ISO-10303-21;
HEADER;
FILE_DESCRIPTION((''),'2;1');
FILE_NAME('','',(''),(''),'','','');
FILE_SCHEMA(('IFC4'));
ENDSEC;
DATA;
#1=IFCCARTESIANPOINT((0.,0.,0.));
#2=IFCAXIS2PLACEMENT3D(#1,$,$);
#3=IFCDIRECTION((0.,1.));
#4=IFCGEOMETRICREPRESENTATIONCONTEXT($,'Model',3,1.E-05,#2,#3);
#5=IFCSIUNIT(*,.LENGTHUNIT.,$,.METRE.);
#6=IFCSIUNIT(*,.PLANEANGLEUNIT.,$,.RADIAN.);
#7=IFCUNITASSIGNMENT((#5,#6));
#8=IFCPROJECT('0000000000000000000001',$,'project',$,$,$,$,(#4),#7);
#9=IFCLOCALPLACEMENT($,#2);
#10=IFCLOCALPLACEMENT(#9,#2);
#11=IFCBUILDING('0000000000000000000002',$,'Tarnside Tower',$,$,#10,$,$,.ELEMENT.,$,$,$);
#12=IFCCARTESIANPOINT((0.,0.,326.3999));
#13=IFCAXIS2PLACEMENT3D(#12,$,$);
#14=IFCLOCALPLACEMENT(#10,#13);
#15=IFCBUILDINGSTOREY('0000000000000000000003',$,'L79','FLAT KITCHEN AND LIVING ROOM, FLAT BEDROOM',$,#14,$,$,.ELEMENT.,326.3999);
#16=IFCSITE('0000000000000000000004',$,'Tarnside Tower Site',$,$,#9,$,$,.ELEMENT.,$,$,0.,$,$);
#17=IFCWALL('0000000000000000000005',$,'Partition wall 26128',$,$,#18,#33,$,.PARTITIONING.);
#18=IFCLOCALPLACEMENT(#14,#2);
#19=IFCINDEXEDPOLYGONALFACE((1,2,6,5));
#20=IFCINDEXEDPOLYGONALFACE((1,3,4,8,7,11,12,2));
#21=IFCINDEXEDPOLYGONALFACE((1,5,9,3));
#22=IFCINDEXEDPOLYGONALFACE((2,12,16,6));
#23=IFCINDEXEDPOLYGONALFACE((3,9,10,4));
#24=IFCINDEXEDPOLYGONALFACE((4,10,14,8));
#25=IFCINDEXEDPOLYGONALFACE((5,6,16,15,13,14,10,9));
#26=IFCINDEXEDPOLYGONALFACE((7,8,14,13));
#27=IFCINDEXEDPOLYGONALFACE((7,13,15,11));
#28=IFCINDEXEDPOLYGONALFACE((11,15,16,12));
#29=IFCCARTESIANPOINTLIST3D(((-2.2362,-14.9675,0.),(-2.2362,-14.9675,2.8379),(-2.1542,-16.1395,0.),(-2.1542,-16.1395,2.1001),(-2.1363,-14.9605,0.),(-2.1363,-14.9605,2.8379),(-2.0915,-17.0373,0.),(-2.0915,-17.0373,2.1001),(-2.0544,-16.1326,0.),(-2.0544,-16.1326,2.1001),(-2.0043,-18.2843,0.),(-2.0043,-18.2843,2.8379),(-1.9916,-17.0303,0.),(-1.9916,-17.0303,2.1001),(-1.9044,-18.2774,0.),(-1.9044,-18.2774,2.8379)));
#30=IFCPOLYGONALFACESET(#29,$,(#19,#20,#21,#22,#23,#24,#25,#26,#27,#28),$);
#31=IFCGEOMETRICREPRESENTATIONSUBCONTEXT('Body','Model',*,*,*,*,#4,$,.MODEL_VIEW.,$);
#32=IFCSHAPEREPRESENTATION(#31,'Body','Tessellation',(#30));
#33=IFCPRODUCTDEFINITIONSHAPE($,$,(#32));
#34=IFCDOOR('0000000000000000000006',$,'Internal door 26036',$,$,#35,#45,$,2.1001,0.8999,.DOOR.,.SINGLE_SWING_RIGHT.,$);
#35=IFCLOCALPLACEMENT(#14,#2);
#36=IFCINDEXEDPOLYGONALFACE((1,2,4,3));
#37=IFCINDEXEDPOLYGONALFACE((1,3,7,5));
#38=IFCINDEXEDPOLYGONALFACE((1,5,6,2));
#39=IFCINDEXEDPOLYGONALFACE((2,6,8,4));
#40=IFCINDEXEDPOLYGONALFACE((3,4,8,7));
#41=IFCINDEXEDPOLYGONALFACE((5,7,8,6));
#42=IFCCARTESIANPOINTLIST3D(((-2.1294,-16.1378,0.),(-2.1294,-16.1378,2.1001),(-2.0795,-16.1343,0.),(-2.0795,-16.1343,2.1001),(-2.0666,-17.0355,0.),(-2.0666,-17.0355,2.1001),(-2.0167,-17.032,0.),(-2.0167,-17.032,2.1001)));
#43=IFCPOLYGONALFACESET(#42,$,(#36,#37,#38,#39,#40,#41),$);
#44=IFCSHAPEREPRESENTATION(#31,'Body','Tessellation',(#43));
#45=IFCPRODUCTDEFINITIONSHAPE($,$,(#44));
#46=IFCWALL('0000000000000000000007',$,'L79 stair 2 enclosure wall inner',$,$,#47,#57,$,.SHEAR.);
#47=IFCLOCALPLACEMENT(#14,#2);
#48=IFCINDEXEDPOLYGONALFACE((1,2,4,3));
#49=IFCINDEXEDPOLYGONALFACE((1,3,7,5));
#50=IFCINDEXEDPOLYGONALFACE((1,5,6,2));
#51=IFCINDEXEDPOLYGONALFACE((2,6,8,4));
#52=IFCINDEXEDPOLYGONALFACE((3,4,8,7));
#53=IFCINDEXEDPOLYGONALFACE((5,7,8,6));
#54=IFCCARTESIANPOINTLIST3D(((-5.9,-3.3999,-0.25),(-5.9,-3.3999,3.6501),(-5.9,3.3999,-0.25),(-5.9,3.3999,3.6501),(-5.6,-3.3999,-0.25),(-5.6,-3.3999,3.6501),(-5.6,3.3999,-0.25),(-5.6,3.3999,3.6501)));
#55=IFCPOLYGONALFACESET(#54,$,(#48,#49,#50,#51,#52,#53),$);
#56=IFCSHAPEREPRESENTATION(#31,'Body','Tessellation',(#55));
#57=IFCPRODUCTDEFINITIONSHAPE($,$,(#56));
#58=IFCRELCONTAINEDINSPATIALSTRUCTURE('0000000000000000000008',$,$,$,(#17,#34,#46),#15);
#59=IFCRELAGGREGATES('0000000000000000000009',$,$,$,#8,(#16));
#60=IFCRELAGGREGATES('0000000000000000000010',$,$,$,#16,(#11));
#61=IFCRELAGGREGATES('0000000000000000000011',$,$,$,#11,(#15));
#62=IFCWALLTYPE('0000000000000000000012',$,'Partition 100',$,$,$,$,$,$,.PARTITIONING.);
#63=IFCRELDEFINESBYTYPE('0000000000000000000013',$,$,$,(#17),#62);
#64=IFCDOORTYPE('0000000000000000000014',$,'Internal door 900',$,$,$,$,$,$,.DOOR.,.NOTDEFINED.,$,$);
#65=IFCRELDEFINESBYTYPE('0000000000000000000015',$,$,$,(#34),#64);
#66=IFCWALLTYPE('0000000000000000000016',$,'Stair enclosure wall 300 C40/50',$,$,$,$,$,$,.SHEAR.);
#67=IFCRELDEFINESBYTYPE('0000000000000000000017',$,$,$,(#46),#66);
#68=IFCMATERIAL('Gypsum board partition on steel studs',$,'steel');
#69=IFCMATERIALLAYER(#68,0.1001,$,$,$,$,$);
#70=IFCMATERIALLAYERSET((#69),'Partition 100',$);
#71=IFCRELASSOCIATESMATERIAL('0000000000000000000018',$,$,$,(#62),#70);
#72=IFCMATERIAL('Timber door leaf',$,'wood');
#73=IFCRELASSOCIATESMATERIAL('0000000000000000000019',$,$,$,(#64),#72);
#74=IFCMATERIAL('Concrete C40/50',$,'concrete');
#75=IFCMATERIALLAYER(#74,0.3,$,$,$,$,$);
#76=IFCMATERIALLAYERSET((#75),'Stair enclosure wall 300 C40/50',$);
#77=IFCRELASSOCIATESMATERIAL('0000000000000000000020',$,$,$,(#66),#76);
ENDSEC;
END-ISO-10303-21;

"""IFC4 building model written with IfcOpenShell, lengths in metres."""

from ifc_helpers import new_model, si_unit, direction, frame, frame_2d, origin, place, context, subcontext, project, spatial, rectangle, extrude, material, layer, layer_set, type_object, element, fill, save


model = new_model("IFC4")

# Units and contexts
model_context = context("Model", 3, precision=1e-05, world=origin(), true_north=direction((0.0, 1.0)))
body_context = subcontext(model_context, "Body", "Model", "MODEL_VIEW")
ifc_project = project(units=[si_unit("LENGTHUNIT", "METRE"), si_unit("PLANEANGLEUNIT", "RADIAN")], contexts=[model_context])

# Site, building, storey
site_placement = place(None, origin())
site = spatial("IfcSite", under=ifc_project, at=site_placement, Name="Tarnside Tower Site", CompositionType="ELEMENT", RefElevation=0.0)
building_placement = place(site_placement, origin())
building = spatial("IfcBuilding", under=site, at=building_placement, Name="Tarnside Tower", CompositionType="ELEMENT")
storey_placement = place(building_placement, frame((0.0, 0.0, 326.3999)))
storey = spatial("IfcBuildingStorey", under=building, at=storey_placement, Name="L79", Description="FLAT KITCHEN AND LIVING ROOM, FLAT BEDROOM", CompositionType="ELEMENT", Elevation=326.3999)

# Shared definitions
ifc_material_1 = material(Name="Gypsum board partition on steel studs", Category="steel")
ifc_material_2 = material(Name="Timber door leaf", Category="wood")
ifc_material_3 = material(Name="Concrete C40/50", Category="concrete")

# Wall, opening, door
ifc_layer_1 = layer(ifc_material_1, 0.1001)
ifc_layer_set_1 = layer_set([ifc_layer_1], Name="Partition 100")
wall_type_1 = type_object("IfcWallType", Name="Partition 100", PredefinedType="PARTITIONING", material=ifc_layer_set_1)
wall_1_placement = place(storey_placement, frame((-2.1863, -14.9639, 0.0), z_axis=(0.0, 0.0, 1.0), x_axis=(0.069755, -0.997564, 0.0)))
wall_1 = element("IfcWall", 1, at=wall_1_placement, inside=storey, type_object=wall_type_1, Name="Partition wall 26128", PredefinedType="PARTITIONING", context=body_context, shape_type="SweptSolid", body=[
    extrude(rectangle(XDim=3.325, YDim=0.1001, at=frame_2d((1.6626, 0.0))), origin(), (0.0, 0.0, 1.0), 2.8379),
])
opening_1_placement = place(wall_1_placement, frame((1.175, 0.0, 0.0)))
opening_1 = element("IfcOpeningElement", 2, at=opening_1_placement, cuts=wall_1, PredefinedType="OPENING", context=body_context, shape_type="SweptSolid", body=[
    extrude(rectangle(XDim=0.8999, YDim=2.1001, at=frame_2d((0.45, 1.05))), frame((0.0, 0.0601, 0.0), z_axis=(0.0, -1.0, 0.0), x_axis=(1.0, 0.0, 0.0)), (0.0, 0.0, 1.0), 0.1201),
])
door_type_1 = type_object("IfcDoorType", Name="Internal door 900", OperationType="NOTDEFINED", PredefinedType="DOOR", material=ifc_material_2)
door_1_placement = place(opening_1_placement, origin())
door_1 = element("IfcDoor", 3, at=door_1_placement, inside=storey, type_object=door_type_1, Name="Internal door 26036", OperationType="SINGLE_SWING_RIGHT", OverallHeight=2.1001, OverallWidth=0.8999, PredefinedType="DOOR", context=body_context, shape_type="SweptSolid", body=[
    extrude(rectangle(XDim=0.8999, YDim=2.1001, at=frame_2d((0.45, 1.05))), frame((0.0, 0.0249, 0.0), z_axis=(0.0, -1.0, 0.0), x_axis=(1.0, 0.0, 0.0)), (0.0, 0.0, 1.0), 0.05),
])
fill(opening_1, door_1)

# Wall
ifc_layer_2 = layer(ifc_material_3, 0.3)
ifc_layer_set_2 = layer_set([ifc_layer_2], Name="Stair enclosure wall 300 C40/50")
wall_type_2 = type_object("IfcWallType", Name="Stair enclosure wall 300 C40/50", PredefinedType="SHEAR", material=ifc_layer_set_2)
wall_2_placement = place(storey_placement, frame((-5.75, -3.3999, -0.25), z_axis=(0.0, 0.0, 1.0), x_axis=(0.0, 1.0, 0.0)))
element("IfcWall", 4, at=wall_2_placement, inside=storey, type_object=wall_type_2, Name="L79 stair 2 enclosure wall inner", PredefinedType="SHEAR", context=body_context, shape_type="SweptSolid", body=[
    extrude(rectangle(XDim=6.7998, YDim=0.3, at=frame_2d((3.3999, 0.0))), origin(), (0.0, 0.0, 1.0), 3.9001),
])

save(model, "model.ifc")
